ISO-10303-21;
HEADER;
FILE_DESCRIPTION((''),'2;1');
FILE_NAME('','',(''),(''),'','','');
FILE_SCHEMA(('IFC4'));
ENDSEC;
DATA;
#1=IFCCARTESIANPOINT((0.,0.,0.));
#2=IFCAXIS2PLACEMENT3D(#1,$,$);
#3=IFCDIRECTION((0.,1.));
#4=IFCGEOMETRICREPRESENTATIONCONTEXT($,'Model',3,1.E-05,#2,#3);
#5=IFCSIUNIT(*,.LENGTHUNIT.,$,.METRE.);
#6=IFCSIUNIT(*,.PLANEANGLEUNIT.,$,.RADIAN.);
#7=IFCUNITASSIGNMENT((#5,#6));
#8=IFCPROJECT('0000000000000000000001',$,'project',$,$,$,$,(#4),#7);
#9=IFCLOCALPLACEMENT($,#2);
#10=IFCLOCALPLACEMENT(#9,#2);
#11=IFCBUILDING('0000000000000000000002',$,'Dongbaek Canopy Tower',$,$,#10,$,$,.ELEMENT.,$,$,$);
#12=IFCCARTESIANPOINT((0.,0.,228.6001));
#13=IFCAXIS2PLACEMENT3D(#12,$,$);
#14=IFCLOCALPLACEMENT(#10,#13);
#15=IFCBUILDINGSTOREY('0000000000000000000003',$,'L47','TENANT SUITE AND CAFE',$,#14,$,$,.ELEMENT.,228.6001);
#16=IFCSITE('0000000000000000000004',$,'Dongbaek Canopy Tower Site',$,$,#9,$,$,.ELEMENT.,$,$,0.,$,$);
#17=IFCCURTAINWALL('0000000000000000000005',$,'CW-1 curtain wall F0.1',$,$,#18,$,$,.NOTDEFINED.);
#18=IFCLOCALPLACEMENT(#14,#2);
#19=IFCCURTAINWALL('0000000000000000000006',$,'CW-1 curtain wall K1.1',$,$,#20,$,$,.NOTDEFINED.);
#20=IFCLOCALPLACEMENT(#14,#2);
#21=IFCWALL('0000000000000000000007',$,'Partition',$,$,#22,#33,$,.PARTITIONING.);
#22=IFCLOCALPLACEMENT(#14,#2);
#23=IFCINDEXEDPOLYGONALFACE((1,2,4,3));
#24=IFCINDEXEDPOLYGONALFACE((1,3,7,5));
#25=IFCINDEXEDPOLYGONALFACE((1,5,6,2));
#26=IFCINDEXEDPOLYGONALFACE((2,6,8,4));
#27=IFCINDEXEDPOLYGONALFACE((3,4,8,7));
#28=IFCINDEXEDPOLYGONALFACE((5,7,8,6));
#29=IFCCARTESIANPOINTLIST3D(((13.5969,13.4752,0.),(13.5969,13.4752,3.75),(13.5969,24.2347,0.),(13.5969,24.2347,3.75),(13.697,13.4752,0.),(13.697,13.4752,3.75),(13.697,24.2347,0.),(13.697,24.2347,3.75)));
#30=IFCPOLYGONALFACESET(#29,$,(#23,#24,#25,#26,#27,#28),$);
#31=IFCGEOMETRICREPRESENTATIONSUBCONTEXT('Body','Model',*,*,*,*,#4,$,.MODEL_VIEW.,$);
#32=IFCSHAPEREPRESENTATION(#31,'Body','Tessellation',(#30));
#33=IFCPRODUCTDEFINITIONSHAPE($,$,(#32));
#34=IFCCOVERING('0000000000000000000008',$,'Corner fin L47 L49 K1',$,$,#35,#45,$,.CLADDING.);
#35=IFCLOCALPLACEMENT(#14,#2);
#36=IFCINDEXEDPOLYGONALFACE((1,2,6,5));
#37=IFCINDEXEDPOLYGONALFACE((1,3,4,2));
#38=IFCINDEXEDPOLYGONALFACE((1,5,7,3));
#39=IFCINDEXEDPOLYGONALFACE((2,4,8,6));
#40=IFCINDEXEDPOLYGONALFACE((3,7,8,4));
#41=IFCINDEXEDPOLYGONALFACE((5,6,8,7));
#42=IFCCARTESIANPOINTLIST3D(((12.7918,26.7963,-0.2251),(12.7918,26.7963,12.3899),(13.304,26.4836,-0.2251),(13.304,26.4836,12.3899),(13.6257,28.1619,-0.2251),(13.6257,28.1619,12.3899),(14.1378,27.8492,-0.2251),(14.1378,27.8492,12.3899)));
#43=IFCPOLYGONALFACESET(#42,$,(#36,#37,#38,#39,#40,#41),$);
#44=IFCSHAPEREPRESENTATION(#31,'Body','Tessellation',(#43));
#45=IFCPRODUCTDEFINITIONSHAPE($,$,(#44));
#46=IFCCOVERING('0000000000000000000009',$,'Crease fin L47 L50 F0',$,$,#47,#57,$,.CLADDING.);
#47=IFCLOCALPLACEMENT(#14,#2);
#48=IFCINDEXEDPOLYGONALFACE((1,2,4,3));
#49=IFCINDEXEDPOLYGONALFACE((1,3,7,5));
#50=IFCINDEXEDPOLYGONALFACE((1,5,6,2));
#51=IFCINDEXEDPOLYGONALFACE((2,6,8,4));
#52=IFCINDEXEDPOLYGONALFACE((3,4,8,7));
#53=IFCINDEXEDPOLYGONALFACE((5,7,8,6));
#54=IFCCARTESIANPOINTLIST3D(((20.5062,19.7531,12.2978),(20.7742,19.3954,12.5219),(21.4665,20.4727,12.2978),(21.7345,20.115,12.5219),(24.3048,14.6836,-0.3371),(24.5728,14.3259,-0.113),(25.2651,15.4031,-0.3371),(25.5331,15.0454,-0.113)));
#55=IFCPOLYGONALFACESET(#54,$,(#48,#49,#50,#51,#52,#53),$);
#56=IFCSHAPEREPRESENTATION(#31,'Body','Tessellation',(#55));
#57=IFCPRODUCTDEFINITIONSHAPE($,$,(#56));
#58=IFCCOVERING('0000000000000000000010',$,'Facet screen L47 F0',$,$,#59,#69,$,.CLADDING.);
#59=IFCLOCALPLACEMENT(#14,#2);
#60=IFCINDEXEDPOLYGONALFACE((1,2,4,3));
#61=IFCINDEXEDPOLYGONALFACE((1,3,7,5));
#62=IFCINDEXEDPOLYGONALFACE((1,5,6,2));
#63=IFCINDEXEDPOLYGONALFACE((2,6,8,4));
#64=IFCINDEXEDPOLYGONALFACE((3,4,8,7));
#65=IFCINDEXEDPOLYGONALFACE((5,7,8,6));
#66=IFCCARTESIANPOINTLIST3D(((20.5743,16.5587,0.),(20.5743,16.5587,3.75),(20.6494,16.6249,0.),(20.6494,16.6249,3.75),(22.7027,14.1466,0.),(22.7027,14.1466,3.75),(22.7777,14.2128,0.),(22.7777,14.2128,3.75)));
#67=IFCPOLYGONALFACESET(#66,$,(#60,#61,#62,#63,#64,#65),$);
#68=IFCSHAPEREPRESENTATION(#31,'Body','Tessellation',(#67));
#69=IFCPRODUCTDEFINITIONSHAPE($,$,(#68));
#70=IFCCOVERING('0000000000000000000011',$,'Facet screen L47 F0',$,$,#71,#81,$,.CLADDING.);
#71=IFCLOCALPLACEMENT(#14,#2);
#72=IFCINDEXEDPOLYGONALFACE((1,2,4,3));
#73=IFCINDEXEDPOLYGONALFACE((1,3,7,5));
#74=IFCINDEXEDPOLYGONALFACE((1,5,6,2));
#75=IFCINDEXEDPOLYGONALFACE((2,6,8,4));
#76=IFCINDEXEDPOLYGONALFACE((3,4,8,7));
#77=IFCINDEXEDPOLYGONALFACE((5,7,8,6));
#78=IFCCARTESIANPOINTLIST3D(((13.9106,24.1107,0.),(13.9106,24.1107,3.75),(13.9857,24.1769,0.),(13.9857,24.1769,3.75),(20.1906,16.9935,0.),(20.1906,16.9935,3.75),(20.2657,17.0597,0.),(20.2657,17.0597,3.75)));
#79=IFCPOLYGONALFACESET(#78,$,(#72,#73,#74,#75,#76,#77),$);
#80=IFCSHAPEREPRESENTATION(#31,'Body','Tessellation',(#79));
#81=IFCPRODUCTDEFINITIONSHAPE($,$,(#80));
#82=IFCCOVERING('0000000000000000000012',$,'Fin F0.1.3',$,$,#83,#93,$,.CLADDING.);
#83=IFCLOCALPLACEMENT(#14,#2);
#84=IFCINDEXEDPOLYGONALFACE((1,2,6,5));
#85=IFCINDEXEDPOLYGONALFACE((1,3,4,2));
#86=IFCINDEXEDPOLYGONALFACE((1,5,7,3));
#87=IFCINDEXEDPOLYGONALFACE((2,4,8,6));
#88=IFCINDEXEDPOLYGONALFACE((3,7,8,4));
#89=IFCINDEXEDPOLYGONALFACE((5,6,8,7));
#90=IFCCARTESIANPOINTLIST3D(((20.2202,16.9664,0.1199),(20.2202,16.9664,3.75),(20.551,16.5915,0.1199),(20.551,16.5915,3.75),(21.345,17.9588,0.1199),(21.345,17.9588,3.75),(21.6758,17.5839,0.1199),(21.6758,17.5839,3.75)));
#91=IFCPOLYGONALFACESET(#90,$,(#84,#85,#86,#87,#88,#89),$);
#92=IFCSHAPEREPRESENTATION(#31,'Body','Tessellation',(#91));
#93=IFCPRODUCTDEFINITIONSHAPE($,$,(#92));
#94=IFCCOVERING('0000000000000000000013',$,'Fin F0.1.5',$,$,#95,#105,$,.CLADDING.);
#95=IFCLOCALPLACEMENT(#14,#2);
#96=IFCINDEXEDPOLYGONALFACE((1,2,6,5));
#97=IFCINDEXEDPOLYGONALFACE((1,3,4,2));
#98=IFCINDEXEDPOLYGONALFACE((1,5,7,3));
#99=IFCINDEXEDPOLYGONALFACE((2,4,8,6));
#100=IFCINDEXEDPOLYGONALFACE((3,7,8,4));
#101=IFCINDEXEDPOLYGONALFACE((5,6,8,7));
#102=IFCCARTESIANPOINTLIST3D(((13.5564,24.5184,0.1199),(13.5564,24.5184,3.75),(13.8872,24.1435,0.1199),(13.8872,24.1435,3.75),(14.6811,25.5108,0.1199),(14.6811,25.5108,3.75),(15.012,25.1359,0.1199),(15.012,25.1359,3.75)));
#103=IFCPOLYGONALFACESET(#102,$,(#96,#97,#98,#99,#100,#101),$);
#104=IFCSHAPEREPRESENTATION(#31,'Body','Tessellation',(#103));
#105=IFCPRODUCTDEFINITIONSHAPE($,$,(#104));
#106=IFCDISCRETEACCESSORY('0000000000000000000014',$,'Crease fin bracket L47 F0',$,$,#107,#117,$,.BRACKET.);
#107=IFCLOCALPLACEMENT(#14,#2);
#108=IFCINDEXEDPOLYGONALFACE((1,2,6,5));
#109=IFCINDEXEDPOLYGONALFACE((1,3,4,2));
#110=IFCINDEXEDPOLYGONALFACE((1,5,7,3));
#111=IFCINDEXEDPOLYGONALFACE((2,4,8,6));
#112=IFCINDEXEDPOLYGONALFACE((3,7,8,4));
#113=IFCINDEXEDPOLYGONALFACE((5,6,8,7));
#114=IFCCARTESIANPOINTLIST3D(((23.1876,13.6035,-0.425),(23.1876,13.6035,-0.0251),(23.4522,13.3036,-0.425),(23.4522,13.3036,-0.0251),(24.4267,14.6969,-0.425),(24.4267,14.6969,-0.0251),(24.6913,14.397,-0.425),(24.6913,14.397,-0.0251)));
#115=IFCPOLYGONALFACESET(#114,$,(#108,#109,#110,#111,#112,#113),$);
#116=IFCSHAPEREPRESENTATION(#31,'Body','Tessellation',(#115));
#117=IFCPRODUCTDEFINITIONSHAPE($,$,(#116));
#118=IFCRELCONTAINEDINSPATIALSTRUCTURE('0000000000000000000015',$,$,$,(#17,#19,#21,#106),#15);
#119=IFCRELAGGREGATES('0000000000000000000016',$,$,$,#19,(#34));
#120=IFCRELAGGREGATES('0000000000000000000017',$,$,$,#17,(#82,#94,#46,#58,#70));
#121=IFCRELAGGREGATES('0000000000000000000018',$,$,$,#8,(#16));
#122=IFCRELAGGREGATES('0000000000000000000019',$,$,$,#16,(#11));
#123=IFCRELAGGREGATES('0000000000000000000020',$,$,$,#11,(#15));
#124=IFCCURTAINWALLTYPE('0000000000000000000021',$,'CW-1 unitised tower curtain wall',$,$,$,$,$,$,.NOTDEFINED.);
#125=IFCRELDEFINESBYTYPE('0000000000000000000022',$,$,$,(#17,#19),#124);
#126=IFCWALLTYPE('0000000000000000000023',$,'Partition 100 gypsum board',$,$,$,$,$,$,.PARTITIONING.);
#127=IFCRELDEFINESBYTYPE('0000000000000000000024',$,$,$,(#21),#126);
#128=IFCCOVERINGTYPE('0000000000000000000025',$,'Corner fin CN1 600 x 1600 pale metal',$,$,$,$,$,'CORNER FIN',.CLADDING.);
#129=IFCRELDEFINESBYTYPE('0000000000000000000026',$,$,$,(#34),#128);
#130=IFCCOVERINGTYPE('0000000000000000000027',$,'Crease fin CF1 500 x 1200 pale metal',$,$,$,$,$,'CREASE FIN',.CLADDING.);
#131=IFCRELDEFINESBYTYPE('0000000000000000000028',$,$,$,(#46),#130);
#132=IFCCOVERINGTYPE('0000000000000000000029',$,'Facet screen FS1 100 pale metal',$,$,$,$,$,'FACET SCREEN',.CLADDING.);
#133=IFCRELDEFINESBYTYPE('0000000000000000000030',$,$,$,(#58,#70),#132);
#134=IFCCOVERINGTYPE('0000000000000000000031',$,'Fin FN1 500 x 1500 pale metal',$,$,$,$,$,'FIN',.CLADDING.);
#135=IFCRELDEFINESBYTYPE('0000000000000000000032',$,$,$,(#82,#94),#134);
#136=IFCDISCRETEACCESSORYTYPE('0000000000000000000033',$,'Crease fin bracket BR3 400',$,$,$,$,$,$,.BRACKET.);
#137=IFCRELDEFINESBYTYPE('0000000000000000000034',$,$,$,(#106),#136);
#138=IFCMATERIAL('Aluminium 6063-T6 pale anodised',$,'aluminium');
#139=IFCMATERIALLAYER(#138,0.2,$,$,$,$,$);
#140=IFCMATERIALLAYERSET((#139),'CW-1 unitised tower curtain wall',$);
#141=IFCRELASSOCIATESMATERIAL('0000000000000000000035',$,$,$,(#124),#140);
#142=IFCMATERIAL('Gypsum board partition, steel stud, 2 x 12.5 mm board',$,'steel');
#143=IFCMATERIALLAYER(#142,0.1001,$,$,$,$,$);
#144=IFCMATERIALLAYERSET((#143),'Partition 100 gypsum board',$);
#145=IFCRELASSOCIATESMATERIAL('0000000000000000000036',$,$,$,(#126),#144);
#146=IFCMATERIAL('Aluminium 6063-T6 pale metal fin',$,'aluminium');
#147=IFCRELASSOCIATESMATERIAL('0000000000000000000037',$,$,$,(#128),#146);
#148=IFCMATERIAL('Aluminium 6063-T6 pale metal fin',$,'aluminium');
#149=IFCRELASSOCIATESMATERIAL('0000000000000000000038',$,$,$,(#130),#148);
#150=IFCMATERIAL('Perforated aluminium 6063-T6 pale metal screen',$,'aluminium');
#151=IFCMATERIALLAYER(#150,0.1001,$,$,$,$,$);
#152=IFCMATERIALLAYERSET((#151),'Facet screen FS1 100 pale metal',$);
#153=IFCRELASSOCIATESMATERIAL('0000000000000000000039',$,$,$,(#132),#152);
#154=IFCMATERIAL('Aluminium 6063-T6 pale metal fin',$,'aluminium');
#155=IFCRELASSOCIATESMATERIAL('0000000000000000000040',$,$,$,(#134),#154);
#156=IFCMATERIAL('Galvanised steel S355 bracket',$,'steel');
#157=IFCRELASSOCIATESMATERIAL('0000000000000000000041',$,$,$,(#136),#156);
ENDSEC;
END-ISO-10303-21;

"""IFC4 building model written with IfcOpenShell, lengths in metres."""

from ifc_helpers import new_model, si_unit, direction, frame, frame_2d, origin, origin_2d, place, context, subcontext, project, spatial, rectangle, extrude, material, layer, layer_set, material_profile, profile_set, type_object, element, aggregate, save


model = new_model("IFC4")

# Units and contexts
model_context = context("Model", 3, precision=1e-05, world=origin(), true_north=direction((0.0, 1.0)))
body_context = subcontext(model_context, "Body", "Model", "MODEL_VIEW")
ifc_project = project(units=[si_unit("LENGTHUNIT", "METRE"), si_unit("PLANEANGLEUNIT", "RADIAN")], contexts=[model_context])

# Site, building, storey
site_placement = place(None, origin())
site = spatial("IfcSite", under=ifc_project, at=site_placement, Name="Dongbaek Canopy Tower Site", CompositionType="ELEMENT", RefElevation=0.0)
building_placement = place(site_placement, origin())
building = spatial("IfcBuilding", under=site, at=building_placement, Name="Dongbaek Canopy Tower", CompositionType="ELEMENT")
storey_placement = place(building_placement, frame((0.0, 0.0, 228.6001)))
storey = spatial("IfcBuildingStorey", under=building, at=storey_placement, Name="L47", Description="TENANT SUITE AND CAFE", CompositionType="ELEMENT", Elevation=228.6001)

# Curtain wall
ifc_material_1 = material(Name="Aluminium 6063-T6 pale anodised", Category="aluminium")
ifc_layer_1 = layer(ifc_material_1, 0.2)
ifc_layer_set_1 = layer_set([ifc_layer_1], Name="CW-1 unitised tower curtain wall")
curtain_wall_type = type_object("IfcCurtainWallType", Name="CW-1 unitised tower curtain wall", PredefinedType="NOTDEFINED", material=ifc_layer_set_1)
curtain_wall_1_placement = place(storey_placement, origin())
curtain_wall_1 = element("IfcCurtainWall", 1, at=curtain_wall_1_placement, inside=storey, type_object=curtain_wall_type, Name="CW-1 curtain wall F0.1", PredefinedType="NOTDEFINED")

# Curtain wall
curtain_wall_2_placement = place(storey_placement, origin())
curtain_wall_2 = element("IfcCurtainWall", 2, at=curtain_wall_2_placement, inside=storey, type_object=curtain_wall_type, Name="CW-1 curtain wall K1.1", PredefinedType="NOTDEFINED")

# Wall
ifc_material_2 = material(Name="Gypsum board partition, steel stud, 2 x 12.5 mm board", Category="steel")
ifc_layer_2 = layer(ifc_material_2, 0.1001)
ifc_layer_set_2 = layer_set([ifc_layer_2], Name="Partition 100 gypsum board")
wall_type_1 = type_object("IfcWallType", Name="Partition 100 gypsum board", PredefinedType="PARTITIONING", material=ifc_layer_set_2)
wall_1_placement = place(storey_placement, frame((13.647, 13.4751, 0.0), z_axis=(0.0, 0.0, 1.0), x_axis=(0.0, 1.0, 0.0)))
element("IfcWall", 3, at=wall_1_placement, inside=storey, type_object=wall_type_1, Name="Partition", PredefinedType="PARTITIONING", context=body_context, shape_type="SweptSolid", body=[
    extrude(rectangle(XDim=10.7595, YDim=0.1001, at=frame_2d((5.3799, 0.0))), origin(), (0.0, 0.0, 1.0), 3.75),
])

# Coverings
ifc_material_3 = material(Name="Aluminium 6063-T6 pale metal fin", Category="aluminium")
ifc_material_profile_1 = material_profile(ifc_material_3, rectangle(XDim=1.6001, YDim=0.6001, at=origin_2d()), Name="Corner fin CN1 600 x 1600 pale metal")
ifc_profile_set_1 = profile_set([ifc_material_profile_1], Name="Aluminium 6063-T6 pale metal fin")
covering_type_1 = type_object("IfcCoveringType", Name="Corner fin CN1 600 x 1600 pale metal", ElementType="CORNER FIN", PredefinedType="CLADDING", material=ifc_profile_set_1)
covering_1_placement = place(storey_placement, frame((13.4648, 27.3228, -0.2251), z_axis=(0.0, 0.0, 1.0), x_axis=(0.521099, 0.853496, 0.0)))
covering_1 = element("IfcCovering", 4, at=covering_1_placement, type_object=covering_type_1, Name="Corner fin L47 L49 K1", PredefinedType="CLADDING", context=body_context, shape_type="SweptSolid", body=[
    extrude(rectangle(XDim=1.6001, YDim=0.6001, at=origin_2d()), origin(), (0.0, 0.0, 1.0), 12.615),
])
aggregate(curtain_wall_2, [covering_1])
ifc_material_4 = material(Name="Aluminium 6063-T6 pale metal fin", Category="aluminium")
ifc_material_profile_2 = material_profile(ifc_material_4, rectangle(XDim=1.2, YDim=0.5, at=origin_2d()), Name="Crease fin CF1 500 x 1200 pale metal")
ifc_profile_set_2 = profile_set([ifc_material_profile_2], Name="Aluminium 6063-T6 pale metal fin")
covering_type_2 = type_object("IfcCoveringType", Name="Crease fin CF1 500 x 1200 pale metal", ElementType="CREASE FIN", PredefinedType="CLADDING", material=ifc_profile_set_2)
covering_2_placement = place(storey_placement, frame((24.9189, 14.8645, -0.2251), z_axis=(-0.268753, 0.358677, 0.893937), x_axis=(-0.800273, -0.599636, 0.0)))
covering_2 = element("IfcCovering", 5, at=covering_2_placement, type_object=covering_type_2, Name="Crease fin L47 L50 F0", PredefinedType="CLADDING", context=body_context, shape_type="SweptSolid", body=[
    extrude(rectangle(XDim=1.2, YDim=0.5, at=origin_2d()), origin(), (0.0, 0.0, 1.0), 14.134),
])
ifc_material_5 = material(Name="Perforated aluminium 6063-T6 pale metal screen", Category="aluminium")
ifc_layer_3 = layer(ifc_material_5, 0.1001)
ifc_layer_set_3 = layer_set([ifc_layer_3], Name="Facet screen FS1 100 pale metal")
covering_type_3 = type_object("IfcCoveringType", Name="Facet screen FS1 100 pale metal", ElementType="FACET SCREEN", PredefinedType="CLADDING", material=ifc_layer_set_3)
covering_3_placement = place(storey_placement, frame((21.676, 15.3857, 0.0), z_axis=(0.0, 0.0, 1.0), x_axis=(-0.661631, 0.749829, 0.0)))
covering_3 = element("IfcCovering", 6, at=covering_3_placement, type_object=covering_type_3, Name="Facet screen L47 F0", PredefinedType="CLADDING", context=body_context, shape_type="SweptSolid", body=[
    extrude(rectangle(XDim=3.2168, YDim=0.1001, at=origin_2d()), origin(), (0.0, 0.0, 1.0), 3.75),
])
covering_4_placement = place(storey_placement, frame((17.0881, 20.5852, 0.0), z_axis=(0.0, 0.0, 1.0), x_axis=(-0.661631, 0.749829, 0.0)))
covering_4 = element("IfcCovering", 7, at=covering_4_placement, type_object=covering_type_3, Name="Facet screen L47 F0", PredefinedType="CLADDING", context=body_context, shape_type="SweptSolid", body=[
    extrude(rectangle(XDim=9.4917, YDim=0.1001, at=origin_2d()), origin(), (0.0, 0.0, 1.0), 3.75),
])
ifc_material_6 = material(Name="Aluminium 6063-T6 pale metal fin", Category="aluminium")
ifc_material_profile_3 = material_profile(ifc_material_6, rectangle(XDim=1.5, YDim=0.5, at=origin_2d()), Name="Fin FN1 500 x 1500 pale metal")
ifc_profile_set_3 = profile_set([ifc_material_profile_3], Name="Aluminium 6063-T6 pale metal fin")
covering_type_4 = type_object("IfcCoveringType", Name="Fin FN1 500 x 1500 pale metal", ElementType="FIN", PredefinedType="CLADDING", material=ifc_profile_set_3)
covering_5_placement = place(storey_placement, frame((20.948, 17.2751, 0.1199), z_axis=(0.0, 0.0, 1.0), x_axis=(0.749829, 0.661631, 0.0)))
covering_5 = element("IfcCovering", 8, at=covering_5_placement, type_object=covering_type_4, Name="Fin F0.1.3", PredefinedType="CLADDING", context=body_context, shape_type="SweptSolid", body=[
    extrude(rectangle(XDim=1.5, YDim=0.5, at=origin_2d()), origin(), (0.0, 0.0, 1.0), 3.6301),
])
covering_6_placement = place(storey_placement, frame((14.2842, 24.8271, 0.1199), z_axis=(0.0, 0.0, 1.0), x_axis=(0.749829, 0.661631, 0.0)))
covering_6 = element("IfcCovering", 9, at=covering_6_placement, type_object=covering_type_4, Name="Fin F0.1.5", PredefinedType="CLADDING", context=body_context, shape_type="SweptSolid", body=[
    extrude(rectangle(XDim=1.5, YDim=0.5, at=origin_2d()), origin(), (0.0, 0.0, 1.0), 3.6301),
])
aggregate(curtain_wall_1, [covering_5, covering_6, covering_2, covering_3, covering_4])

# Discrete accessory
ifc_material_7 = material(Name="Galvanised steel S355 bracket", Category="steel")
discrete_accessory_type = type_object("IfcDiscreteAccessoryType", Name="Crease fin bracket BR3 400", PredefinedType="BRACKET", material=ifc_material_7)
discrete_accessory_placement = place(storey_placement, frame((23.9395, 14.0002, -0.425), z_axis=(0.0, 0.0, 1.0), x_axis=(0.749829, 0.661631, 0.0)))
element("IfcDiscreteAccessory", 10, at=discrete_accessory_placement, inside=storey, type_object=discrete_accessory_type, Name="Crease fin bracket L47 F0", PredefinedType="BRACKET", context=body_context, shape_type="SweptSolid", body=[
    extrude(rectangle(XDim=1.6526, YDim=0.3999, at=origin_2d()), origin(), (0.0, 0.0, 1.0), 0.3999),
])

save(model, "model.ifc")
